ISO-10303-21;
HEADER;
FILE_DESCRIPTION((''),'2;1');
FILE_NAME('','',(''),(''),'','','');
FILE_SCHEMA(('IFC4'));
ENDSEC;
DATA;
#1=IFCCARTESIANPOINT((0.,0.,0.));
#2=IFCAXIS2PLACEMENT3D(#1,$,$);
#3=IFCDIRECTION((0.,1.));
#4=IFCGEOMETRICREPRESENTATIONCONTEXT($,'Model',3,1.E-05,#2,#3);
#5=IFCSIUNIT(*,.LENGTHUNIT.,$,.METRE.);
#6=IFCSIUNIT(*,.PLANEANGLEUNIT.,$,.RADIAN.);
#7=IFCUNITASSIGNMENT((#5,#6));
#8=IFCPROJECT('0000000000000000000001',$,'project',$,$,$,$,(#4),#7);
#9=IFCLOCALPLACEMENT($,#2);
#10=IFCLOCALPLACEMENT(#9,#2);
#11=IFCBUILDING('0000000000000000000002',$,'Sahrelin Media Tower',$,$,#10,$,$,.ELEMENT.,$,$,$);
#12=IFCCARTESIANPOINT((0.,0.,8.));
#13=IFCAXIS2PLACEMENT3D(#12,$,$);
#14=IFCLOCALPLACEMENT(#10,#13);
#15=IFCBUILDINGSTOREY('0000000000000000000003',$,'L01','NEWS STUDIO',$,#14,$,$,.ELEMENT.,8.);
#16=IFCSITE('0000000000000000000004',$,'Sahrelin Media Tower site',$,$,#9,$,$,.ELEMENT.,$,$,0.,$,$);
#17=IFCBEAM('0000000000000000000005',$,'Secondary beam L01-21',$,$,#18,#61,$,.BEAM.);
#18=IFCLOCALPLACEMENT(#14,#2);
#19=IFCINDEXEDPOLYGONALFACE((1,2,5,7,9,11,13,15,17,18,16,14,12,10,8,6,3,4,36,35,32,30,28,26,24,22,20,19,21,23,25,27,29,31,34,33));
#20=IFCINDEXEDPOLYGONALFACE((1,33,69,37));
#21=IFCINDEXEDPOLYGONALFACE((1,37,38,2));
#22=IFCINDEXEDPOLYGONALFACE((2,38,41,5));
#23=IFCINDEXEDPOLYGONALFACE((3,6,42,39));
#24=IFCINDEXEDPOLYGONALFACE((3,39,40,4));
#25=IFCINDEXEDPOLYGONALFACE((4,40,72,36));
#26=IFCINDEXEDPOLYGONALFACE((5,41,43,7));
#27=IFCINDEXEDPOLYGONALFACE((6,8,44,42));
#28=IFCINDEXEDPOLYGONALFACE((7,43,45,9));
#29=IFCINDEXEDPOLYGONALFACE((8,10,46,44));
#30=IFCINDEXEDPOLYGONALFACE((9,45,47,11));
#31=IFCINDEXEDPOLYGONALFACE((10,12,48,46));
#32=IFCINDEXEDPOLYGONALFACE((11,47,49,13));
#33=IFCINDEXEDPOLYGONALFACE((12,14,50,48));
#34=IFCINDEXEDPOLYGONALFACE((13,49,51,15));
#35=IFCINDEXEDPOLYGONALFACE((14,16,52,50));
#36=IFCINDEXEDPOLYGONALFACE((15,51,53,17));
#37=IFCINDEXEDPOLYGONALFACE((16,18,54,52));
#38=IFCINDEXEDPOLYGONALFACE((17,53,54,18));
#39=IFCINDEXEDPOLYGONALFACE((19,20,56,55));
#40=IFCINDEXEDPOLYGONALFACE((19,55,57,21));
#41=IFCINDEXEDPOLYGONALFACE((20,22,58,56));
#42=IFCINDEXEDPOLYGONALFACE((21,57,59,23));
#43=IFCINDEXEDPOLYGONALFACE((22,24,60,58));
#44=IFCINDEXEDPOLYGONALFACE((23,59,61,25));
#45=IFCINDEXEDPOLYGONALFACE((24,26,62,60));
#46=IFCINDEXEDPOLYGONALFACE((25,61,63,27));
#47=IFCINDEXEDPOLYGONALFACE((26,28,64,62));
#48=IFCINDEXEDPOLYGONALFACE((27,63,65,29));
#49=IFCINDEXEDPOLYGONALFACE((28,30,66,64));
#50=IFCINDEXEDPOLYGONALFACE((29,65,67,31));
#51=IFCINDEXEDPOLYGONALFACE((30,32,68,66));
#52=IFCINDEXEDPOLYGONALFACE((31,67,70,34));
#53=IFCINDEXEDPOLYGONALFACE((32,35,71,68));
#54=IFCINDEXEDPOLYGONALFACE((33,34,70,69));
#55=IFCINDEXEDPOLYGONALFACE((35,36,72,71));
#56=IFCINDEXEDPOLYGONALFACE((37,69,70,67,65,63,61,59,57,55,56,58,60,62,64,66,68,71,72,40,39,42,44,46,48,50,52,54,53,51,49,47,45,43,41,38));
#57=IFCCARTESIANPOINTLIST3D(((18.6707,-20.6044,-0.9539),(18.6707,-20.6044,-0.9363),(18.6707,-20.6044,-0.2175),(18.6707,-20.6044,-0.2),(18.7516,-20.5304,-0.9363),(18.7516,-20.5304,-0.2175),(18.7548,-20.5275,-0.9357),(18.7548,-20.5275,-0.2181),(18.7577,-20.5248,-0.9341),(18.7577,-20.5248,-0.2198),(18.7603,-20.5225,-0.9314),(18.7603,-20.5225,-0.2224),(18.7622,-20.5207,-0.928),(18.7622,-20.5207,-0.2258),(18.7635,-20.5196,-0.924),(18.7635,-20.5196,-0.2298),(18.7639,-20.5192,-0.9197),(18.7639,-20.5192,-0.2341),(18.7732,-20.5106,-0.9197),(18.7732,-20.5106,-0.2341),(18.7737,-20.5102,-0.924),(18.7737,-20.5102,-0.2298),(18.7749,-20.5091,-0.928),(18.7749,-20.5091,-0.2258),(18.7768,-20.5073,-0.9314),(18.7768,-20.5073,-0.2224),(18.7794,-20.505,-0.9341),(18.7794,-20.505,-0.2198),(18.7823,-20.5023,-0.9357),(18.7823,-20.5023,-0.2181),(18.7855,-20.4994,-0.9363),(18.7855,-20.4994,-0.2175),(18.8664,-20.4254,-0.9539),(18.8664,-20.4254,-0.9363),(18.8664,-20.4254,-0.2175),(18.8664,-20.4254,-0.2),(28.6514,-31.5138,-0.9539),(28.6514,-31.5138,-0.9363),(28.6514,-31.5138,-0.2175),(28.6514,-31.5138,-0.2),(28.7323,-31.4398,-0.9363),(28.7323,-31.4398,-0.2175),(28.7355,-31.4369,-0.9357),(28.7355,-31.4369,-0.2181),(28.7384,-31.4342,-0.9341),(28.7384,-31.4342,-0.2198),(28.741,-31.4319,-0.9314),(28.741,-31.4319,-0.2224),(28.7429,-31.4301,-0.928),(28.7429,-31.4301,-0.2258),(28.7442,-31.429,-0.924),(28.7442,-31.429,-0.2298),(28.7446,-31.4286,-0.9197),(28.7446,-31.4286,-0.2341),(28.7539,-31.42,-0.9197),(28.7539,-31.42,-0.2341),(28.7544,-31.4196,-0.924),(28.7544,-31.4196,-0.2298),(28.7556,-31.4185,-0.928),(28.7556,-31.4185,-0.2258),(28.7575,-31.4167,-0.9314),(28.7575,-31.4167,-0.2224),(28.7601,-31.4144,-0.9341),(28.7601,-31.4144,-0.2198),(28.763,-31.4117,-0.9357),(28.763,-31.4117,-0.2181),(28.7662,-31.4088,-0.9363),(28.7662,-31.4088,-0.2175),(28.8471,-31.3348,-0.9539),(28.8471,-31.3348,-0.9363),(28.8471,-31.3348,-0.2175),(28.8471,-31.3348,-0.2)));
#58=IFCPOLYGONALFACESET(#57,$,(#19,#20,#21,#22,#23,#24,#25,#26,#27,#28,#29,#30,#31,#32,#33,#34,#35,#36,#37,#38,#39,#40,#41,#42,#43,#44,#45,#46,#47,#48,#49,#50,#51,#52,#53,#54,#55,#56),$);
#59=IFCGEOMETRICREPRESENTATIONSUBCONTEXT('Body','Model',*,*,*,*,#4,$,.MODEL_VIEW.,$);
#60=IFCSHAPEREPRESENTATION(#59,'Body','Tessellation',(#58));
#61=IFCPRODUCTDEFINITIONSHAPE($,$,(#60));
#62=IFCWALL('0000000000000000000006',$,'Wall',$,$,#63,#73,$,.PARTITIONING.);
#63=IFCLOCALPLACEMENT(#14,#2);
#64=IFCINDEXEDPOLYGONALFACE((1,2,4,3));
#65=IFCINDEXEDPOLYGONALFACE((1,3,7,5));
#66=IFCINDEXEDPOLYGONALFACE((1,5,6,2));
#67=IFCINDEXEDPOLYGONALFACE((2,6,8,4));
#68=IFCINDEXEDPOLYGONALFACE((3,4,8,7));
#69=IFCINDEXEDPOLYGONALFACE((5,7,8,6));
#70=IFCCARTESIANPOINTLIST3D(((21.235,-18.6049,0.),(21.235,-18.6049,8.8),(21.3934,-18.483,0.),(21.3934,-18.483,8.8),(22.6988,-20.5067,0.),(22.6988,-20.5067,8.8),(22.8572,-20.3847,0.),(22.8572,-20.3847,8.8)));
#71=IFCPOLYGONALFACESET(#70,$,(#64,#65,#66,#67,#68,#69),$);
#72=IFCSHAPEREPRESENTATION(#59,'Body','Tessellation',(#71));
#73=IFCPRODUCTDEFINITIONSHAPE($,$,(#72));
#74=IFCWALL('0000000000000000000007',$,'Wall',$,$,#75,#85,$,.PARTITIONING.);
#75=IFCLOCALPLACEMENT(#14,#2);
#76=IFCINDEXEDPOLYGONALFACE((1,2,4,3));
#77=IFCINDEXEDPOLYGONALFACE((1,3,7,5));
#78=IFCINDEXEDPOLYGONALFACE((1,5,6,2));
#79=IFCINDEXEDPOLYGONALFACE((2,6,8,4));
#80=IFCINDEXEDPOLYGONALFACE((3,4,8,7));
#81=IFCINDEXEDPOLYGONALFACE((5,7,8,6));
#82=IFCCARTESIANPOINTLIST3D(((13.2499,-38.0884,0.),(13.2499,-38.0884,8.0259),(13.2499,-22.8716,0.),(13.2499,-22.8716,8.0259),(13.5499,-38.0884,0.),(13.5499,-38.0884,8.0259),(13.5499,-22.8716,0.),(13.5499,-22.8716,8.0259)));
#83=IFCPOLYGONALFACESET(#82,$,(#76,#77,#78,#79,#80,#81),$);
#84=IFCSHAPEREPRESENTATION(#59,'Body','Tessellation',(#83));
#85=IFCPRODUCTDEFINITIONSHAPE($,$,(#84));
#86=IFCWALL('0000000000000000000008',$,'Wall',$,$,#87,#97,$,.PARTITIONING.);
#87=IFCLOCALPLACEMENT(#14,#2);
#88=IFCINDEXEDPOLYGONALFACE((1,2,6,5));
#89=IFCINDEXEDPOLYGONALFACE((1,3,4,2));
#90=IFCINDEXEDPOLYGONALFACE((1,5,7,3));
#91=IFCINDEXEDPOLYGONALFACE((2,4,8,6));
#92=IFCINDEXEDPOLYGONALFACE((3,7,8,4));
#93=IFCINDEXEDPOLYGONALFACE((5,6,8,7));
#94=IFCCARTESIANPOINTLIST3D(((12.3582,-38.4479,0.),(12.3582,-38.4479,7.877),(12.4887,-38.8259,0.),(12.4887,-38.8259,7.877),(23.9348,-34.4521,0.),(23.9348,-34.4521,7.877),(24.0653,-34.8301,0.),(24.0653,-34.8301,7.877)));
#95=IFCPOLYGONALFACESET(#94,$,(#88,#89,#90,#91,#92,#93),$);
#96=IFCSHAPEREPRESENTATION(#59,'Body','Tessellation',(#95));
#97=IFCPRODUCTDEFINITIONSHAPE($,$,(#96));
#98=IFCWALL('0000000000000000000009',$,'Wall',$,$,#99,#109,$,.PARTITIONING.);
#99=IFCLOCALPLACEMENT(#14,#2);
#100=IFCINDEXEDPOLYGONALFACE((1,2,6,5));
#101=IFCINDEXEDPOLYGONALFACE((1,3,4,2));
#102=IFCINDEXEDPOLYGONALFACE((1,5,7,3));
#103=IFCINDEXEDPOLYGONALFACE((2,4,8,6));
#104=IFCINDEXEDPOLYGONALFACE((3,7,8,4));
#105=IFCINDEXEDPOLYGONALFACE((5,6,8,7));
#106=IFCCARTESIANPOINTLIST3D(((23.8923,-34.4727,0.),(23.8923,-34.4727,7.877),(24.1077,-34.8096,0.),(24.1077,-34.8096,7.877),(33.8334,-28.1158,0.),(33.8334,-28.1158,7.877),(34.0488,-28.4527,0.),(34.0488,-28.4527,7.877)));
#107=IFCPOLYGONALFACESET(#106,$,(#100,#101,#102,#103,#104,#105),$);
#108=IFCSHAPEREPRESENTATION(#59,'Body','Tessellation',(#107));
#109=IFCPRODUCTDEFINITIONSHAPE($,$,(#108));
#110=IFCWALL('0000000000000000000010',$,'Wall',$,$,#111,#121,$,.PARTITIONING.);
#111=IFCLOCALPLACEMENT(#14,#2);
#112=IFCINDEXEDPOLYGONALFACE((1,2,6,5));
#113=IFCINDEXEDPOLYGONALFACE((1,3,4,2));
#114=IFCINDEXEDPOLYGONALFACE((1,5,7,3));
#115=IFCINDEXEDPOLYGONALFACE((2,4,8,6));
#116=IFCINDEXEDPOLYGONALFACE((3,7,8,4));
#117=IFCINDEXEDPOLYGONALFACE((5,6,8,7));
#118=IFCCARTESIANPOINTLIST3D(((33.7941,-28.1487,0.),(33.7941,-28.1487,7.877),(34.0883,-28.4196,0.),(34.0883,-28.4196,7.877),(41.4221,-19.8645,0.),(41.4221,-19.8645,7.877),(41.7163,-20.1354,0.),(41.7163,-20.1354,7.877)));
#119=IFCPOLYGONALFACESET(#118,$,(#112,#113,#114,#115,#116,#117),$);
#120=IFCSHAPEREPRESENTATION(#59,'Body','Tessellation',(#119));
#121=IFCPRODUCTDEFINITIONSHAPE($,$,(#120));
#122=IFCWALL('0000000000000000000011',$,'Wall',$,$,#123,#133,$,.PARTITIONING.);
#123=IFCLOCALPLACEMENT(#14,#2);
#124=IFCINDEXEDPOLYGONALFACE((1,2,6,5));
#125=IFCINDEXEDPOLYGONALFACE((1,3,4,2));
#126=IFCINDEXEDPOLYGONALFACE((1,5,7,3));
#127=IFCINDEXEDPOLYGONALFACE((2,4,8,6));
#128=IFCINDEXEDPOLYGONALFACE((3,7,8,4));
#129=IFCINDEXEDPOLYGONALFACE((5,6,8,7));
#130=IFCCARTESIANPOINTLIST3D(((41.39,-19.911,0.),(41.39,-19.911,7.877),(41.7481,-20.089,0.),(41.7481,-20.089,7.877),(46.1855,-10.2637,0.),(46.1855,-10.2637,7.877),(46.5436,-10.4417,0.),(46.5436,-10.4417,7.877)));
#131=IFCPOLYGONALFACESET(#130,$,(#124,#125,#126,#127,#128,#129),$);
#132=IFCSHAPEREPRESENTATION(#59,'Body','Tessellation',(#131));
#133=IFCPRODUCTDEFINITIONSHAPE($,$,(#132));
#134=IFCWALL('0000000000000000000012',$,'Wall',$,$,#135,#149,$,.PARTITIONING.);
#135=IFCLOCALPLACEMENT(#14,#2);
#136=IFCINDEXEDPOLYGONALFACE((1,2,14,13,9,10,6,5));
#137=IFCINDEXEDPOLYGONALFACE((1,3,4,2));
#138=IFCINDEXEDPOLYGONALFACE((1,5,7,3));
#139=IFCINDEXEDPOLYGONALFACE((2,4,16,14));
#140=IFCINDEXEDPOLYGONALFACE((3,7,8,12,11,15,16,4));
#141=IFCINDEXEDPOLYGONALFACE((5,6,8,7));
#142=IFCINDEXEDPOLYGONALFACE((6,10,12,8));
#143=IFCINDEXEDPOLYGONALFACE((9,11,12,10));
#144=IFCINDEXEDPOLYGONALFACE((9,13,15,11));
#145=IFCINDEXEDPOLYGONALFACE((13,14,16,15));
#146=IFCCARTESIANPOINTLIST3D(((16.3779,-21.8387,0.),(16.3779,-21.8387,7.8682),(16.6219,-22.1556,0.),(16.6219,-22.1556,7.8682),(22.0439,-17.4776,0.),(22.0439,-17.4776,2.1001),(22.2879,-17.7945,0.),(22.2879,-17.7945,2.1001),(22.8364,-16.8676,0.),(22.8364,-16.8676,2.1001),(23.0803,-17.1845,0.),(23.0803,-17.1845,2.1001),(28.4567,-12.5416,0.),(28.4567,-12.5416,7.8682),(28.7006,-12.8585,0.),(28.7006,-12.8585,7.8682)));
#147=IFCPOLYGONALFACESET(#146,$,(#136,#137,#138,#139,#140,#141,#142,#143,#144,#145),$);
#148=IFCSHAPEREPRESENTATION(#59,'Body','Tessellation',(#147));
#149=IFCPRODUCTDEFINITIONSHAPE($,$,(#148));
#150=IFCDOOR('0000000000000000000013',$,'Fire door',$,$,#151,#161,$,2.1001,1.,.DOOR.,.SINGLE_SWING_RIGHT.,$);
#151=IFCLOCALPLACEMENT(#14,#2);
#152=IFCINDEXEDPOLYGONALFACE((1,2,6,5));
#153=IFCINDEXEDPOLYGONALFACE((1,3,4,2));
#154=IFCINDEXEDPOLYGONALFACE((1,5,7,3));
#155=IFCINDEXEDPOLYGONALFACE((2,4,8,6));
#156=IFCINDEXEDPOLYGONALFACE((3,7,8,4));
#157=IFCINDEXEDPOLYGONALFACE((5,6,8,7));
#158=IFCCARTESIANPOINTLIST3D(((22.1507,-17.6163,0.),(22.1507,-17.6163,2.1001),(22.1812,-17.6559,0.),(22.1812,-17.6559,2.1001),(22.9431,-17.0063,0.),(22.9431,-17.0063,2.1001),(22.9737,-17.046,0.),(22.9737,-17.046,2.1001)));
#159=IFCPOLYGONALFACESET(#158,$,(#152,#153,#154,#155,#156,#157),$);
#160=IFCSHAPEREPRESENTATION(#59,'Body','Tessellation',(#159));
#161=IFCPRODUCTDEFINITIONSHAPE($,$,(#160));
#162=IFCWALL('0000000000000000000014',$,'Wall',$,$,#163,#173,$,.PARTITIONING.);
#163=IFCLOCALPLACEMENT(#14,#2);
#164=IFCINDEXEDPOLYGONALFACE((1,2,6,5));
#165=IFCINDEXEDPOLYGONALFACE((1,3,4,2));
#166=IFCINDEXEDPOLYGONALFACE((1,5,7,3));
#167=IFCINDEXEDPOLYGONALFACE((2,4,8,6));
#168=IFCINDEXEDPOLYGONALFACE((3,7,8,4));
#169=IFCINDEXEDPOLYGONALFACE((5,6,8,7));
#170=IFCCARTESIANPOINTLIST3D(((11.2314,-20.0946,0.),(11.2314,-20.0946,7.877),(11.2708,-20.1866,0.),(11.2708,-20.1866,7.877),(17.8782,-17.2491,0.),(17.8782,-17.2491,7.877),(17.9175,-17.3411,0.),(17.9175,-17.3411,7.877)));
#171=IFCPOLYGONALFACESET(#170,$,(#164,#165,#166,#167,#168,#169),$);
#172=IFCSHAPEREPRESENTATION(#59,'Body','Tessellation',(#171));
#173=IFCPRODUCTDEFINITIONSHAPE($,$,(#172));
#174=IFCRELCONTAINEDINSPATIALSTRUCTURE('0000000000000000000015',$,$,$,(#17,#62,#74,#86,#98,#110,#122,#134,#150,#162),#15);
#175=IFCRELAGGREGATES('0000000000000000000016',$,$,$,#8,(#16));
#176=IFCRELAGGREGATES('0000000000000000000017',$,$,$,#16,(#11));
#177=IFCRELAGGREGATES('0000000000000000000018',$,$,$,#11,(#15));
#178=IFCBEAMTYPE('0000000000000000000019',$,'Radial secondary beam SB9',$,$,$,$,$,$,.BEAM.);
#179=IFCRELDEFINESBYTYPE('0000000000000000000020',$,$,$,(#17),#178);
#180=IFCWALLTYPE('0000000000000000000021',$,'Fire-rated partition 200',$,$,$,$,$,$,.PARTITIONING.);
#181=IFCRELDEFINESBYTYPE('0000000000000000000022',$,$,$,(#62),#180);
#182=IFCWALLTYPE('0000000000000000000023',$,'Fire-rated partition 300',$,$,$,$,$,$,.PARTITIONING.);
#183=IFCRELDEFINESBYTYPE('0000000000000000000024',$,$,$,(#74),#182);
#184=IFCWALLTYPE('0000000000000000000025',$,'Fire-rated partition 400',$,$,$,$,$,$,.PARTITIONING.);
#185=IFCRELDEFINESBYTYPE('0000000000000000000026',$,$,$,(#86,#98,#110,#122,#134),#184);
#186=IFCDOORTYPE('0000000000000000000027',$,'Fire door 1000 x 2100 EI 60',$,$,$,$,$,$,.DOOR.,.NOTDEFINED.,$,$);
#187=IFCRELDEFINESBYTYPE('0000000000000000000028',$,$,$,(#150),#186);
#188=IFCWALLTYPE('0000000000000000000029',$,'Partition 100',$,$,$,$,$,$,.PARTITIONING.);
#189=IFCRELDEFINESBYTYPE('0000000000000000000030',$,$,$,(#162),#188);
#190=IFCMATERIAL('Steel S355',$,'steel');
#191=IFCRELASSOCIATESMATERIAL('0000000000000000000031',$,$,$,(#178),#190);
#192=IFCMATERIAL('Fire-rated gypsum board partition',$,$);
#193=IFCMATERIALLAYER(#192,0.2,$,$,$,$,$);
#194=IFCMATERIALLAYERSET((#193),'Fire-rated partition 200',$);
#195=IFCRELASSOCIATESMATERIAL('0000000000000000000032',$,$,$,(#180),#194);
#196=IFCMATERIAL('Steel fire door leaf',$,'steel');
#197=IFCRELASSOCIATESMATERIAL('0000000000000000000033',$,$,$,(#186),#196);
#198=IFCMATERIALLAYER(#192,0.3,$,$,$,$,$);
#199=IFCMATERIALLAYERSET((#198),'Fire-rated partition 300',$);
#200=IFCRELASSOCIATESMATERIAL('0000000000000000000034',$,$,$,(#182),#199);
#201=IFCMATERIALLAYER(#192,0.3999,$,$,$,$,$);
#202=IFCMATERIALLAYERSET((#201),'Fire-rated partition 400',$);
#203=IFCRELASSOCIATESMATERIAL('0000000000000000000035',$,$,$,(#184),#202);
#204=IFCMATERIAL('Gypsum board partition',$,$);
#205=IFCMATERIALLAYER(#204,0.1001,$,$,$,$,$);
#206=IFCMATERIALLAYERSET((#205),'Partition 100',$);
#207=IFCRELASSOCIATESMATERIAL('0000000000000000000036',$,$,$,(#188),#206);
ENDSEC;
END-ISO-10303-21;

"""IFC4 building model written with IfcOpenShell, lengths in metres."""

from ifc_helpers import new_model, si_unit, direction, frame, frame_2d, origin, origin_2d, place, context, subcontext, project, spatial, rectangle, i_section, extrude, material, layer, layer_set, material_profile, profile_set, type_object, element, fill, save


model = new_model("IFC4")

# Units and contexts
model_context = context("Model", 3, precision=1e-05, world=origin(), true_north=direction((0.0, 1.0)))
body_context = subcontext(model_context, "Body", "Model", "MODEL_VIEW")
ifc_project = project(units=[si_unit("LENGTHUNIT", "METRE"), si_unit("PLANEANGLEUNIT", "RADIAN")], contexts=[model_context])

# Site, building, storey
site_placement = place(None, origin())
site = spatial("IfcSite", under=ifc_project, at=site_placement, Name="Sahrelin Media Tower site", CompositionType="ELEMENT", RefElevation=0.0)
building_placement = place(site_placement, origin())
building = spatial("IfcBuilding", under=site, at=building_placement, Name="Sahrelin Media Tower", CompositionType="ELEMENT")
storey_placement = place(building_placement, frame((0.0, 0.0, 8.0)))
storey = spatial("IfcBuildingStorey", under=building, at=storey_placement, Name="L01", Description="NEWS STUDIO", CompositionType="ELEMENT", Elevation=8.0)

# Beam
ifc_material_1 = material(Name="Steel S355", Category="steel")
ifc_material_profile_1 = material_profile(ifc_material_1, i_section(OverallWidth=0.2651, OverallDepth=0.7539, WebThickness=0.0127, FlangeThickness=0.0176, FilletRadius=0.0166, at=origin_2d()), Name="UB 762x267x147")
ifc_profile_set_1 = profile_set([ifc_material_profile_1], Name="Steel S355")
beam_type_1 = type_object("IfcBeamType", Name="Radial secondary beam SB9", PredefinedType="BEAM", material=ifc_profile_set_1)
beam_1_placement = place(storey_placement, frame((18.7686, -20.5149, -0.5769), z_axis=(0.675004, -0.737814, 0.0), x_axis=(0.737814, 0.675004, 0.0)))
element("IfcBeam", 1, at=beam_1_placement, inside=storey, type_object=beam_type_1, Name="Secondary beam L01-21", PredefinedType="BEAM", context=body_context, shape_type="SweptSolid", body=[
    extrude(i_section(OverallWidth=0.2651, OverallDepth=0.7539, WebThickness=0.0127, FlangeThickness=0.0176, FilletRadius=0.0166, at=origin_2d()), origin(), (0.0, 0.0, 1.0), 14.7861),
])

# Wall
ifc_material_2 = material(Name="Fire-rated gypsum board partition")
ifc_layer_1 = layer(ifc_material_2, 0.2)
ifc_layer_set_1 = layer_set([ifc_layer_1], Name="Fire-rated partition 200")
wall_type_1 = type_object("IfcWallType", Name="Fire-rated partition 200", PredefinedType="PARTITIONING", material=ifc_layer_set_1)
wall_1_placement = place(storey_placement, frame((21.3142, -18.5439, 0.0), z_axis=(0.0, 0.0, 1.0), x_axis=(0.609947, -0.792442, 0.0)))
element("IfcWall", 2, at=wall_1_placement, inside=storey, type_object=wall_type_1, Name="Wall", PredefinedType="PARTITIONING", context=body_context, shape_type="SweptSolid", body=[
    extrude(rectangle(XDim=2.3999, YDim=0.2, at=frame_2d((1.2, 0.0))), origin(), (0.0, 0.0, 1.0), 8.8),
])

# Shared definitions
ifc_material_3 = material(Name="Steel fire door leaf", Category="steel")
door_type = type_object("IfcDoorType", Name="Fire door 1000 x 2100 EI 60", OperationType="NOTDEFINED", PredefinedType="DOOR", material=ifc_material_3)

# Walls
ifc_layer_2 = layer(ifc_material_2, 0.3)
ifc_layer_set_2 = layer_set([ifc_layer_2], Name="Fire-rated partition 300")
wall_type_2 = type_object("IfcWallType", Name="Fire-rated partition 300", PredefinedType="PARTITIONING", material=ifc_layer_set_2)
wall_2_placement = place(storey_placement, frame((13.3999, -22.8716, 0.0), z_axis=(0.0, 0.0, 1.0), x_axis=(0.0, -1.0, 0.0)))
element("IfcWall", 3, at=wall_2_placement, inside=storey, type_object=wall_type_2, Name="Wall", PredefinedType="PARTITIONING", context=body_context, shape_type="SweptSolid", body=[
    extrude(rectangle(XDim=15.2168, YDim=0.3, at=frame_2d((7.6084, 0.0))), origin(), (0.0, 0.0, 1.0), 8.0259),
])
ifc_layer_3 = layer(ifc_material_2, 0.3999)
ifc_layer_set_3 = layer_set([ifc_layer_3], Name="Fire-rated partition 400")
wall_type_3 = type_object("IfcWallType", Name="Fire-rated partition 400", PredefinedType="PARTITIONING", material=ifc_layer_set_3)
wall_3_placement = place(storey_placement, frame((12.4233, -38.637, 0.0), z_axis=(0.0, 0.0, 1.0), x_axis=(0.945275, 0.326275, 0.0)))
element("IfcWall", 4, at=wall_3_placement, inside=storey, type_object=wall_type_3, Name="Wall", PredefinedType="PARTITIONING", context=body_context, shape_type="SweptSolid", body=[
    extrude(rectangle(XDim=12.2468, YDim=0.3999, at=frame_2d((6.1235, 0.0))), origin(), (0.0, 0.0, 1.0), 7.877),
])
wall_4_placement = place(storey_placement, frame((24.0, -34.6411, 0.0), z_axis=(0.0, 0.0, 1.0), x_axis=(0.84248, 0.538728, 0.0)))
element("IfcWall", 5, at=wall_4_placement, inside=storey, type_object=wall_type_3, Name="Wall", PredefinedType="PARTITIONING", context=body_context, shape_type="SweptSolid", body=[
    extrude(rectangle(XDim=11.7998, YDim=0.3999, at=frame_2d((5.8999, 0.0))), origin(), (0.0, 0.0, 1.0), 7.877),
])
wall_5_placement = place(storey_placement, frame((33.9412, -28.2842, 0.0), z_axis=(0.0, 0.0, 1.0), x_axis=(0.677368, 0.735644, 0.0)))
element("IfcWall", 6, at=wall_5_placement, inside=storey, type_object=wall_type_3, Name="Wall", PredefinedType="PARTITIONING", context=body_context, shape_type="SweptSolid", body=[
    extrude(rectangle(XDim=11.2612, YDim=0.3999, at=frame_2d((5.6306, 0.0))), origin(), (0.0, 0.0, 1.0), 7.877),
])
wall_6_placement = place(storey_placement, frame((41.5691, -20.0, 0.0), z_axis=(0.0, 0.0, 1.0), x_axis=(0.445118, 0.895472, 0.0)))
element("IfcWall", 7, at=wall_6_placement, inside=storey, type_object=wall_type_3, Name="Wall", PredefinedType="PARTITIONING", context=body_context, shape_type="SweptSolid", body=[
    extrude(rectangle(XDim=10.7734, YDim=0.3999, at=frame_2d((5.3867, 0.0))), origin(), (0.0, 0.0, 1.0), 7.877),
])

# Wall, opening, door
wall_7_placement = place(storey_placement, frame((16.5, -21.9971, 0.0), z_axis=(0.0, 0.0, 1.0), x_axis=(0.792444, 0.609945, 0.0)))
wall_7 = element("IfcWall", 8, at=wall_7_placement, inside=storey, type_object=wall_type_3, Name="Wall", PredefinedType="PARTITIONING", context=body_context, shape_type="SweptSolid", body=[
    extrude(rectangle(XDim=15.2424, YDim=0.3999, at=frame_2d((7.6211, 0.0))), origin(), (0.0, 0.0, 1.0), 7.8682),
])
opening_1_placement = place(wall_7_placement, frame((7.1499, 0.0, 0.0)))
opening_1 = element("IfcOpeningElement", 9, at=opening_1_placement, cuts=wall_7, PredefinedType="OPENING", context=body_context, shape_type="SweptSolid", body=[
    extrude(rectangle(XDim=1.0, YDim=2.1001, at=frame_2d((0.5, 1.05))), frame((0.0, 0.2, 0.0), z_axis=(0.0, -1.0, 0.0), x_axis=(1.0, 0.0, 0.0)), (0.0, 0.0, 1.0), 0.3999),
])
door_1_placement = place(opening_1_placement, origin())
door_1 = element("IfcDoor", 10, at=door_1_placement, inside=storey, type_object=door_type, Name="Fire door", OperationType="SINGLE_SWING_RIGHT", OverallHeight=2.1001, OverallWidth=1.0, PredefinedType="DOOR", context=body_context, shape_type="SweptSolid", body=[
    extrude(rectangle(XDim=1.0, YDim=2.1001, at=frame_2d((0.5, 1.05))), frame((0.0, 0.0249, 0.0), z_axis=(0.0, -1.0, 0.0), x_axis=(1.0, 0.0, 0.0)), (0.0, 0.0, 1.0), 0.05),
])
fill(opening_1, door_1)

# Wall
ifc_material_4 = material(Name="Gypsum board partition")
ifc_layer_4 = layer(ifc_material_4, 0.1001)
ifc_layer_set_4 = layer_set([ifc_layer_4], Name="Partition 100")
wall_type_4 = type_object("IfcWallType", Name="Partition 100", PredefinedType="PARTITIONING", material=ifc_layer_set_4)
wall_8_placement = place(storey_placement, frame((11.251, -20.1406, 0.0), z_axis=(0.0, 0.0, 1.0), x_axis=(0.919302, 0.393552, 0.0)))
element("IfcWall", 11, at=wall_8_placement, inside=storey, type_object=wall_type_4, Name="Wall", PredefinedType="PARTITIONING", context=body_context, shape_type="SweptSolid", body=[
    extrude(rectangle(XDim=7.2302, YDim=0.1001, at=frame_2d((3.6152, 0.0))), origin(), (0.0, 0.0, 1.0), 7.877),
])

save(model, "model.ifc")
